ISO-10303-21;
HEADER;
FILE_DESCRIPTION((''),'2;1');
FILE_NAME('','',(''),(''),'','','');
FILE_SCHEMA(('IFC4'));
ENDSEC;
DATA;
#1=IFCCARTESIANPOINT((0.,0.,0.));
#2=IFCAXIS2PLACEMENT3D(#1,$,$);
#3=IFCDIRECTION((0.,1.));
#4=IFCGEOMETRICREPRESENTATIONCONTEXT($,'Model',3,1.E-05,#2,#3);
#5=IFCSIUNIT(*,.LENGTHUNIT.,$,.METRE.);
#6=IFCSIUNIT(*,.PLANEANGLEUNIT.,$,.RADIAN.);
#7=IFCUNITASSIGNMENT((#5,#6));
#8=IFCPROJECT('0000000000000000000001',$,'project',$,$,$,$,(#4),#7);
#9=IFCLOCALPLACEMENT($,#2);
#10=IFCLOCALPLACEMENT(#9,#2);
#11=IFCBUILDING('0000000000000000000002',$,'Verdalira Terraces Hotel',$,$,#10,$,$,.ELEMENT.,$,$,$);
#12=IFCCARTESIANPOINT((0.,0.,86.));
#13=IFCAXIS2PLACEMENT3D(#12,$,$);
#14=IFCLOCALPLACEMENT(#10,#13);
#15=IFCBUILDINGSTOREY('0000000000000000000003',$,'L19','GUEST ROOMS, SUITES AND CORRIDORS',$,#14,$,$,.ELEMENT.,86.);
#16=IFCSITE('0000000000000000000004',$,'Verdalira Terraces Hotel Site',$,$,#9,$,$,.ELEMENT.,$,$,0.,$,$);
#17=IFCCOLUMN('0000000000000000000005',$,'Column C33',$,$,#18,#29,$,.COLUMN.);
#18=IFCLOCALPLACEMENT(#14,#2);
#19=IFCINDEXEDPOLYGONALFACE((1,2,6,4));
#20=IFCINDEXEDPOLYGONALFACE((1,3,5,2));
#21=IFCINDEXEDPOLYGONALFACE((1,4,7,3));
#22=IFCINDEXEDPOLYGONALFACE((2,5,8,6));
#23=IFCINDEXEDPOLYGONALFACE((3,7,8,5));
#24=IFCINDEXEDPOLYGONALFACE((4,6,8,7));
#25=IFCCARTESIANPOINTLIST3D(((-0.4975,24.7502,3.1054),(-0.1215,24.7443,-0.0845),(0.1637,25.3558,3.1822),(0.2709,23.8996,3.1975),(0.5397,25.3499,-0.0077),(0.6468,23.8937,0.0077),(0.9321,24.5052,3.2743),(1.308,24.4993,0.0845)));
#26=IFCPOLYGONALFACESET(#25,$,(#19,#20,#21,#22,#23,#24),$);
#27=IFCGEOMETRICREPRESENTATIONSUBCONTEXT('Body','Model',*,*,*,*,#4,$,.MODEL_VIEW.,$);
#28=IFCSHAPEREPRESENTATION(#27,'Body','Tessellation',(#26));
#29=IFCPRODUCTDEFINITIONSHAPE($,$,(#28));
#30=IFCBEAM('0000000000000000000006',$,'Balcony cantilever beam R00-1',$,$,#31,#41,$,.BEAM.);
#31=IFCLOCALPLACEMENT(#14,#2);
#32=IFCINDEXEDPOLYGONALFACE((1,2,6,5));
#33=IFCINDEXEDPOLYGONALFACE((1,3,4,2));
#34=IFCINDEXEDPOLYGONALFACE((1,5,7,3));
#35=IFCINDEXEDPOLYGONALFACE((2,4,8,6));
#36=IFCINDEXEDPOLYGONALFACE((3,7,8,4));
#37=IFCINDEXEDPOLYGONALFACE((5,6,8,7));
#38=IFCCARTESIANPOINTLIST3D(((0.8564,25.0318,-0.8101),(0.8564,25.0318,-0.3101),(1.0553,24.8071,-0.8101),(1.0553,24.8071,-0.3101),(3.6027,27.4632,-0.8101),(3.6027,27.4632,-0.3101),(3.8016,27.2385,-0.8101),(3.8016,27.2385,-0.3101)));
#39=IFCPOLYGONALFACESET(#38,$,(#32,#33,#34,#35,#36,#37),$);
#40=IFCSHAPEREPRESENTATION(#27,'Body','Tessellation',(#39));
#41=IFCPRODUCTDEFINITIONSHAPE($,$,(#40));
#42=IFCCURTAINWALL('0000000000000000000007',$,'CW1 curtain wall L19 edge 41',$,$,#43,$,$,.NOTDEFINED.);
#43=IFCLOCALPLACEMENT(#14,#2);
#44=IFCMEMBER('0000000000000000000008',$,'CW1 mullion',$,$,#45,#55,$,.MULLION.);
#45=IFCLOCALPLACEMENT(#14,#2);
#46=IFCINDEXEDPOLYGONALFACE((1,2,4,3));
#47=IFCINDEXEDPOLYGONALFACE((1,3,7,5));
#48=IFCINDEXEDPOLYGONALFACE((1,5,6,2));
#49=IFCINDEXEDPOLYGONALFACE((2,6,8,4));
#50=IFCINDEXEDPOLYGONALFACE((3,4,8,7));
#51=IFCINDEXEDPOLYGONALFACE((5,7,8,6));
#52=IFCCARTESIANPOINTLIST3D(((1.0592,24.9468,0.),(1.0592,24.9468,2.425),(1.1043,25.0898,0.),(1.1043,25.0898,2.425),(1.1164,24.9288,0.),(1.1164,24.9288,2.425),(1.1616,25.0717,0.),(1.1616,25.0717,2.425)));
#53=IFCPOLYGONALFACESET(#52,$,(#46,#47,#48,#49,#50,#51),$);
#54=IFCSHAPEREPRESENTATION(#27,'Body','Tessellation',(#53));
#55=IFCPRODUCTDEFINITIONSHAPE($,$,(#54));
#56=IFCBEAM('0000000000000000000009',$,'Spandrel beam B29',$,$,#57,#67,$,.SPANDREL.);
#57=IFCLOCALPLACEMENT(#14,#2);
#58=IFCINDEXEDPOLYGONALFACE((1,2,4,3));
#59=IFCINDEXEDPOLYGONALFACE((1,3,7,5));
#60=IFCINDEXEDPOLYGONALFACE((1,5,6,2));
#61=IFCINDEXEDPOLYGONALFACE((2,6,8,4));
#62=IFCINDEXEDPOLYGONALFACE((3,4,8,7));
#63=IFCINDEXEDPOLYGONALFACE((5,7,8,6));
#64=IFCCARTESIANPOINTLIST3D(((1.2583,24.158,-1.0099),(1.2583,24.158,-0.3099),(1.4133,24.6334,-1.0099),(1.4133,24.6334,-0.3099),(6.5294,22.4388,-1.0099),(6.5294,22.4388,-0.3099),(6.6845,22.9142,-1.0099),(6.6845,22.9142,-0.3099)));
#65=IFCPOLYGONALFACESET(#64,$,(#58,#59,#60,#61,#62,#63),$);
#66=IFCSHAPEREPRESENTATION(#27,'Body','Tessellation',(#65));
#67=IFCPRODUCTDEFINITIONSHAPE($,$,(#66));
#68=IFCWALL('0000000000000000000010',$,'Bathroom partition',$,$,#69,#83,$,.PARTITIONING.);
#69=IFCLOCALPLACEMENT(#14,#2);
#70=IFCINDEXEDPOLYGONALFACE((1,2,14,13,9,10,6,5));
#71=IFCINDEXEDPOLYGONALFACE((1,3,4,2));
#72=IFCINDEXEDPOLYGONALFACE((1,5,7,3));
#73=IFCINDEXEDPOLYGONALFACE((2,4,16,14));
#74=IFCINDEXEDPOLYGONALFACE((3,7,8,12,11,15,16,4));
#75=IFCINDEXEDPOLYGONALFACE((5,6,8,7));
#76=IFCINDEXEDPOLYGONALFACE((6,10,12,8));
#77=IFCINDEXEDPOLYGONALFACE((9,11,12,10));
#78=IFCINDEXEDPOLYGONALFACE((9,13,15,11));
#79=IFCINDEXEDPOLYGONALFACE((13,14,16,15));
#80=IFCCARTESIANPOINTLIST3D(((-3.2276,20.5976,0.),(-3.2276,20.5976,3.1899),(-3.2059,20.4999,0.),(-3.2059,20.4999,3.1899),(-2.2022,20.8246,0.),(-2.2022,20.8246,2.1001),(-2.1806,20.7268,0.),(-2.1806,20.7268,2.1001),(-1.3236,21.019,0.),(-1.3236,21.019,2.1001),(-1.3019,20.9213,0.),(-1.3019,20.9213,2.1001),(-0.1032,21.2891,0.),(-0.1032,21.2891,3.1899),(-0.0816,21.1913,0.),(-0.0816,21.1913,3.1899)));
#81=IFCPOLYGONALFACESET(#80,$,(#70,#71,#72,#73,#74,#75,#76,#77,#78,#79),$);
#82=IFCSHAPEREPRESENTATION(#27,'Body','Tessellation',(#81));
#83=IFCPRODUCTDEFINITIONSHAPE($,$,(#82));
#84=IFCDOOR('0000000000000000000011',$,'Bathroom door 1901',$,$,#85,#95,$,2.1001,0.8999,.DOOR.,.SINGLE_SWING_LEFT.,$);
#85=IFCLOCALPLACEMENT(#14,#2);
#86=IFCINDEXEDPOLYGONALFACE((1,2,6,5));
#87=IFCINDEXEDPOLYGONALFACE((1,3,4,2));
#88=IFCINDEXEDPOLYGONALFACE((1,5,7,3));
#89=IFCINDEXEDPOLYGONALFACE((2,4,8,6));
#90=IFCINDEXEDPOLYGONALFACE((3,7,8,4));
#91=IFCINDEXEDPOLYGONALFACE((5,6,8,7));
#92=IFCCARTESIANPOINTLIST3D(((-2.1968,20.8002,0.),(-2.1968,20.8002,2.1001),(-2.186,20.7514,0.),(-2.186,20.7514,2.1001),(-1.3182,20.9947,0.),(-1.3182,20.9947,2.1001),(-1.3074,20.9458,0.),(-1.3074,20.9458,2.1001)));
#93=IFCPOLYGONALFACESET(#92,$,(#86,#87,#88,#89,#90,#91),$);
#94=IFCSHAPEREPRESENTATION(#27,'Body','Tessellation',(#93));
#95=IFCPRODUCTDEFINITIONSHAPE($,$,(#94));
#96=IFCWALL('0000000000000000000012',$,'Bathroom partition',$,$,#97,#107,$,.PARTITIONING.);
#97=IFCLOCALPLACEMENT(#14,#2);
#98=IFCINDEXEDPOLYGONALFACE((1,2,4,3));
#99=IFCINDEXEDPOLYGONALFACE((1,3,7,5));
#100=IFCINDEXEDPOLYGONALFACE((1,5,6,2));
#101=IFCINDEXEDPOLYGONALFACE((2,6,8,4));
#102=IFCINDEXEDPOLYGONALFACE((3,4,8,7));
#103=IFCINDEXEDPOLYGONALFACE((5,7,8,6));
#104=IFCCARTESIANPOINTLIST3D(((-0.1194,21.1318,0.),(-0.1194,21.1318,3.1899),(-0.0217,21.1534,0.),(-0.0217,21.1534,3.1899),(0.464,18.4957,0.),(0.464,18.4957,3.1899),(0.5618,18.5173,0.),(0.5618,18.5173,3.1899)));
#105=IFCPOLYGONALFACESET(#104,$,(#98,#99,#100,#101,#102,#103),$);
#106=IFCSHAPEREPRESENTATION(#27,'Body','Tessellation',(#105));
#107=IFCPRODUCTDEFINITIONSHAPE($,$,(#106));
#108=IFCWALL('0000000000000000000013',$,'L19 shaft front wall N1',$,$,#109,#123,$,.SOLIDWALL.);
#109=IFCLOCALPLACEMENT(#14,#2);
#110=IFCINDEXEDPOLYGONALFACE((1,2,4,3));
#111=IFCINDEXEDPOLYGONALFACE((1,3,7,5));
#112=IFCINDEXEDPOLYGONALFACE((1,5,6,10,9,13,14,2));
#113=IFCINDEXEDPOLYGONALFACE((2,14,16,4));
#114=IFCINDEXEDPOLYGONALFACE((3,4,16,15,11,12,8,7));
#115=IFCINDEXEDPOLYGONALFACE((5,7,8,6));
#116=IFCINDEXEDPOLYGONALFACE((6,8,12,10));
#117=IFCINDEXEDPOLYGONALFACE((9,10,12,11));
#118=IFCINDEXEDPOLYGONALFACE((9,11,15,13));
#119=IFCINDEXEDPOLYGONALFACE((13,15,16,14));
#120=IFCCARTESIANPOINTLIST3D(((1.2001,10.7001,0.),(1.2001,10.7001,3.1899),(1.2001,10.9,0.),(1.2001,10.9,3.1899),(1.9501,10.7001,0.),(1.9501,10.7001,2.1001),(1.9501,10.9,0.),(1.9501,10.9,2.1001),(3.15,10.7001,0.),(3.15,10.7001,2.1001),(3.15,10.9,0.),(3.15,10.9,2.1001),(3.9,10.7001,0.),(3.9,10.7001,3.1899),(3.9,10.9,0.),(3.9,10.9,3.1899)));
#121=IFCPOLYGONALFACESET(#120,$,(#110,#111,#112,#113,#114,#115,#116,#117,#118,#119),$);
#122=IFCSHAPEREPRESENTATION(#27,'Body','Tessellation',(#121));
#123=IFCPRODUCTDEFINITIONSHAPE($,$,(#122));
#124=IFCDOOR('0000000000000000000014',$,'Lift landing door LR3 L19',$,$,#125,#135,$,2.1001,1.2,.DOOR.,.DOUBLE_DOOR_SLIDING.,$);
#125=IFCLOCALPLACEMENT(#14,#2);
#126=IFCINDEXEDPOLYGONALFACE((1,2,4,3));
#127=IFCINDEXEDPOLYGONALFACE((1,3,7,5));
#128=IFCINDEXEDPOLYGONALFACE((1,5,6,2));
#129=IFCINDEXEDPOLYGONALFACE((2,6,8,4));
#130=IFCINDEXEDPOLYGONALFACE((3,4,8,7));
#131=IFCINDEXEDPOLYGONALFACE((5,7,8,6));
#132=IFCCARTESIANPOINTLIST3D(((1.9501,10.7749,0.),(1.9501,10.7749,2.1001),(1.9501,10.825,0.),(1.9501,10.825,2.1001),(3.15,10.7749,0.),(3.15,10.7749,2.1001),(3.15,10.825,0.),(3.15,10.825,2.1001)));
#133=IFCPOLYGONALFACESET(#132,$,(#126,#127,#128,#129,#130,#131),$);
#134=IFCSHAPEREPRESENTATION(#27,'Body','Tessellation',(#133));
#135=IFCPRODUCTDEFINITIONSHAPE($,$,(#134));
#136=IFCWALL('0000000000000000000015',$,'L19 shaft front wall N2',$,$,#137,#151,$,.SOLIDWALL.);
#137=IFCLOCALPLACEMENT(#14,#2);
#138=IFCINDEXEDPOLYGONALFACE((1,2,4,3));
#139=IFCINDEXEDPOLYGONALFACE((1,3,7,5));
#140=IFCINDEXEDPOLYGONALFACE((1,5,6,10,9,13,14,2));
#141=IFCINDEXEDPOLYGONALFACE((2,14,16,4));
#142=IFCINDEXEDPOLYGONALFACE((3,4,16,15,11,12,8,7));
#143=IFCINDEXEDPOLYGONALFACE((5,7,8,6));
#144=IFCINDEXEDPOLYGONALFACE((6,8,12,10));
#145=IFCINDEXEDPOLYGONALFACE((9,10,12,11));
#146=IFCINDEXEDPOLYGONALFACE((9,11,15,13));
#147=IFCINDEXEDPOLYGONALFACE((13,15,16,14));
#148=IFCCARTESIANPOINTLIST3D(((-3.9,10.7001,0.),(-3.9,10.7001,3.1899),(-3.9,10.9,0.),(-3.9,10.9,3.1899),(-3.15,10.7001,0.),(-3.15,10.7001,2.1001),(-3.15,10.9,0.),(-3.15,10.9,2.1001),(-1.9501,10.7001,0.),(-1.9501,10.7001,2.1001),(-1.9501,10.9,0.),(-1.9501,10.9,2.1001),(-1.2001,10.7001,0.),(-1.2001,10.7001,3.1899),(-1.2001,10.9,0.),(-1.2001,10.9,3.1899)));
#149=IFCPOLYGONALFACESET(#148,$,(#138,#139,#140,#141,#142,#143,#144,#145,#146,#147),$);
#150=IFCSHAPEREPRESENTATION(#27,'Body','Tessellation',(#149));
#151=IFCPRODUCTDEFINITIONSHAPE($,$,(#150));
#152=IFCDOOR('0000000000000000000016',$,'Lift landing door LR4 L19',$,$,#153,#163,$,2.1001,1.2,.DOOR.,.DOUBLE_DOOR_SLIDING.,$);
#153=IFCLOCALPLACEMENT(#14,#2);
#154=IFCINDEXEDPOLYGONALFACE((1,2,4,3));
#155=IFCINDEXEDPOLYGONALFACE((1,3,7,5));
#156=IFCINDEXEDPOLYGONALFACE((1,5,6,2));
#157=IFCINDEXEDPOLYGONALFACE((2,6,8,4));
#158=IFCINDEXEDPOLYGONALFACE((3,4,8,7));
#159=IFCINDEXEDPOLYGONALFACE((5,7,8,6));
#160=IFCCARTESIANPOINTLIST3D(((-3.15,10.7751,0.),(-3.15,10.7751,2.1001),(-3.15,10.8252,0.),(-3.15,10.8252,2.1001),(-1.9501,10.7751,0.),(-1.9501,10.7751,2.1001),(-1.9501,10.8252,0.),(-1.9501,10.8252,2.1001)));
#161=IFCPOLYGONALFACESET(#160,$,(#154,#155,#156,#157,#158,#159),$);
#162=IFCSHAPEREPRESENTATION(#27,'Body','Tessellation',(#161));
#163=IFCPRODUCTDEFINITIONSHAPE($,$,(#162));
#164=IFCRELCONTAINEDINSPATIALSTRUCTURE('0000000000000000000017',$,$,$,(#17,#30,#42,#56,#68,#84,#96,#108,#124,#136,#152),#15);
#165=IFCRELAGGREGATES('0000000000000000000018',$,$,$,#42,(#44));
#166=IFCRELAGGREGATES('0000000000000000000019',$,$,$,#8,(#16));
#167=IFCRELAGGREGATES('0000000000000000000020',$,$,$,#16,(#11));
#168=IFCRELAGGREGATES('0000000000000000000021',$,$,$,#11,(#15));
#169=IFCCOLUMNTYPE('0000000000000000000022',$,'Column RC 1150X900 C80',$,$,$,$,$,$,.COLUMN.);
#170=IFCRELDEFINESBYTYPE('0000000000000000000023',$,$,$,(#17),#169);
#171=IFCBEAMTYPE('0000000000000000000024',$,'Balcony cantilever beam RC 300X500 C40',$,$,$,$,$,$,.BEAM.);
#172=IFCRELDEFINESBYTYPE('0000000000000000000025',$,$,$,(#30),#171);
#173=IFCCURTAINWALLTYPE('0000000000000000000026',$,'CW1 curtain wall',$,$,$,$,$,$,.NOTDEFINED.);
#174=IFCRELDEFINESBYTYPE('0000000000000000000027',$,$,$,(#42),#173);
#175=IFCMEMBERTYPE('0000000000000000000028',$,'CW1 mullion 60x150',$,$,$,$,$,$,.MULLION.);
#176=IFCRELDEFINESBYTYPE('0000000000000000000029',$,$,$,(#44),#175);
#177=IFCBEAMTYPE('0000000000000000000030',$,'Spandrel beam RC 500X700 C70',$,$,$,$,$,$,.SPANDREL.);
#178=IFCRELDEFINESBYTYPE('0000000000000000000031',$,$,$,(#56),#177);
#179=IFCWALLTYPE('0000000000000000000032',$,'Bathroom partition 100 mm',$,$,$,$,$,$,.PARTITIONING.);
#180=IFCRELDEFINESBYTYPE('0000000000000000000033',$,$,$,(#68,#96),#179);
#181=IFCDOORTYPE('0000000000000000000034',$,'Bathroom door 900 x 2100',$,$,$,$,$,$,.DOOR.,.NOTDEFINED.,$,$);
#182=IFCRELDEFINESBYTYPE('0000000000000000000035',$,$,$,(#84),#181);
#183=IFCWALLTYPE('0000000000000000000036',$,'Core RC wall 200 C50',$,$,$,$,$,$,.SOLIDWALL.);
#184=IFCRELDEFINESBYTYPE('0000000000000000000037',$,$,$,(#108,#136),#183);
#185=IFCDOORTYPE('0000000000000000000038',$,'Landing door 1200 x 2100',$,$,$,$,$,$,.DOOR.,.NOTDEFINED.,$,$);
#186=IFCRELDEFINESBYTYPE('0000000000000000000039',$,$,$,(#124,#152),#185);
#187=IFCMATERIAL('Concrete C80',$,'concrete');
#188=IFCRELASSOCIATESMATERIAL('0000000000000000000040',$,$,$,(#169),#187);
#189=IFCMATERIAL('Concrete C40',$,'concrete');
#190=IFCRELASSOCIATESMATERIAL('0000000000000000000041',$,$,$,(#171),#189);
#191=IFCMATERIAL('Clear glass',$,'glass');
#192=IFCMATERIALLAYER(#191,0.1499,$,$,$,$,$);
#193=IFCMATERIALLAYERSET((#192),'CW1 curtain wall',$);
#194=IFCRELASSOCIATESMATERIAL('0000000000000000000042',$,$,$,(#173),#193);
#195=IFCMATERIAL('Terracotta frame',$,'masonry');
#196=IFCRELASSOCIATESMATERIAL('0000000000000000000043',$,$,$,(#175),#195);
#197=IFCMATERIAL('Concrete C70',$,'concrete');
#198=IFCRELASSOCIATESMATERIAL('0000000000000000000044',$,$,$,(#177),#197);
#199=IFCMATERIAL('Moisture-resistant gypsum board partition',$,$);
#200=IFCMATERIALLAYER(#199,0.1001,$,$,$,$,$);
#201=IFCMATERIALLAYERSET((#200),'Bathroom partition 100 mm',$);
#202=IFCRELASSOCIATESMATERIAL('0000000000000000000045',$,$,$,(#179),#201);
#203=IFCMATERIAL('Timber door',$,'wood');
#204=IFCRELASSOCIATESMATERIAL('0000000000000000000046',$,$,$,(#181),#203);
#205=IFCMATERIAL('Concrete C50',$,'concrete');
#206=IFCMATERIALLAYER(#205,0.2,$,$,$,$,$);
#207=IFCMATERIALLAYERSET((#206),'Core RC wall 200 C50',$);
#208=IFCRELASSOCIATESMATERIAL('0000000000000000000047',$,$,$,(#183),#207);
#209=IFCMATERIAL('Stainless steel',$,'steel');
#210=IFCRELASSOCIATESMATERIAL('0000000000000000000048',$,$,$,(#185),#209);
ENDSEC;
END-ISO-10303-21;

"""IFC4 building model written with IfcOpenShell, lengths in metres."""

from ifc_helpers import new_model, si_unit, direction, frame, frame_2d, origin, origin_2d, place, context, subcontext, project, spatial, rectangle, extrude, material, layer, layer_set, material_profile, profile_set, type_object, element, fill, aggregate, save


model = new_model("IFC4")

# Units and contexts
model_context = context("Model", 3, precision=1e-05, world=origin(), true_north=direction((0.0, 1.0)))
body_context = subcontext(model_context, "Body", "Model", "MODEL_VIEW")
ifc_project = project(units=[si_unit("LENGTHUNIT", "METRE"), si_unit("PLANEANGLEUNIT", "RADIAN")], contexts=[model_context])

# Site, building, storey
site_placement = place(None, origin())
site = spatial("IfcSite", under=ifc_project, at=site_placement, Name="Verdalira Terraces Hotel Site", CompositionType="ELEMENT", RefElevation=0.0)
building_placement = place(site_placement, origin())
building = spatial("IfcBuilding", under=site, at=building_placement, Name="Verdalira Terraces Hotel", CompositionType="ELEMENT")
storey_placement = place(building_placement, frame((0.0, 0.0, 86.0)))
storey = spatial("IfcBuildingStorey", under=building, at=storey_placement, Name="L19", Description="GUEST ROOMS, SUITES AND CORRIDORS", CompositionType="ELEMENT", Elevation=86.0)

# Column
ifc_material_1 = material(Name="Concrete C80", Category="concrete")
ifc_material_profile_1 = material_profile(ifc_material_1, rectangle(XDim=1.1499, YDim=0.8999, at=origin_2d()), Name="RC 1150X900")
ifc_profile_set_1 = profile_set([ifc_material_profile_1], Name="Concrete C80")
column_type = type_object("IfcColumnType", Name="Column RC 1150X900 C80", PredefinedType="COLUMN", material=ifc_profile_set_1)
column_placement = place(storey_placement, frame((0.5933, 24.6218, 0.0), z_axis=(-0.117053, 0.001824, 0.993124), x_axis=(0.668179, -0.739675, 0.080112)))
element("IfcColumn", 1, at=column_placement, inside=storey, type_object=column_type, Name="Column C33", PredefinedType="COLUMN", context=body_context, shape_type="SweptSolid", body=[
    extrude(rectangle(XDim=1.1499, YDim=0.8999, at=origin_2d()), origin(), (0.0, 0.0, 1.0), 3.2119),
])

# Beam
ifc_material_2 = material(Name="Concrete C40", Category="concrete")
ifc_material_profile_2 = material_profile(ifc_material_2, rectangle(XDim=0.3, YDim=0.5, at=origin_2d()), Name="RC 300X500")
ifc_profile_set_2 = profile_set([ifc_material_profile_2], Name="Concrete C40")
beam_type_1 = type_object("IfcBeamType", Name="Balcony cantilever beam RC 300X500 C40", PredefinedType="BEAM", material=ifc_profile_set_2)
beam_1_placement = place(storey_placement, frame((0.9558, 24.9194, -0.5601), z_axis=(0.748734, 0.662871, 0.0), x_axis=(-0.662871, 0.748734, 0.0)))
element("IfcBeam", 2, at=beam_1_placement, inside=storey, type_object=beam_type_1, Name="Balcony cantilever beam R00-1", PredefinedType="BEAM", context=body_context, shape_type="SweptSolid", body=[
    extrude(rectangle(XDim=0.3, YDim=0.5, at=origin_2d()), origin(), (0.0, 0.0, 1.0), 3.668),
])

# Curtain wall, member
ifc_material_3 = material(Name="Clear glass", Category="glass")
ifc_layer_1 = layer(ifc_material_3, 0.1499)
ifc_layer_set_1 = layer_set([ifc_layer_1], Name="CW1 curtain wall")
curtain_wall_type = type_object("IfcCurtainWallType", Name="CW1 curtain wall", PredefinedType="NOTDEFINED", material=ifc_layer_set_1)
curtain_wall_placement = place(storey_placement, origin())
curtain_wall = element("IfcCurtainWall", 3, at=curtain_wall_placement, inside=storey, type_object=curtain_wall_type, Name="CW1 curtain wall L19 edge 41", PredefinedType="NOTDEFINED")
ifc_material_4 = material(Name="Terracotta frame", Category="masonry")
ifc_material_profile_3 = material_profile(ifc_material_4, rectangle(XDim=0.0601, YDim=0.1499, at=origin_2d()), Name="MU 60x150")
ifc_profile_set_3 = profile_set([ifc_material_profile_3], Name="Terracotta frame")
member_type = type_object("IfcMemberType", Name="CW1 mullion 60x150", PredefinedType="MULLION", material=ifc_profile_set_3)
member_placement = place(storey_placement, frame((1.1104, 25.0093, 0.0), z_axis=(0.0, 0.0, 1.0), x_axis=(-0.953612, 0.301039, 0.0)))
member = element("IfcMember", 4, at=member_placement, type_object=member_type, Name="CW1 mullion", PredefinedType="MULLION", context=body_context, shape_type="SweptSolid", body=[
    extrude(rectangle(XDim=0.0601, YDim=0.1499, at=origin_2d()), origin(), (0.0, 0.0, 1.0), 2.425),
])
aggregate(curtain_wall, [member])

# Beam
ifc_material_5 = material(Name="Concrete C70", Category="concrete")
ifc_material_profile_4 = material_profile(ifc_material_5, rectangle(XDim=0.5, YDim=0.7, at=origin_2d()), Name="RC 500X700")
ifc_profile_set_4 = profile_set([ifc_material_profile_4], Name="Concrete C70")
beam_type_2 = type_object("IfcBeamType", Name="Spandrel beam RC 500X700 C70", PredefinedType="SPANDREL", material=ifc_profile_set_4)
beam_2_placement = place(storey_placement, frame((6.6069, 22.6765, -0.6599), z_axis=(-0.950711, 0.310079, 0.0), x_axis=(-0.310079, -0.950711, 0.0)))
element("IfcBeam", 5, at=beam_2_placement, inside=storey, type_object=beam_type_2, Name="Spandrel beam B29", PredefinedType="SPANDREL", context=body_context, shape_type="SweptSolid", body=[
    extrude(rectangle(XDim=0.5, YDim=0.7, at=origin_2d()), origin(), (0.0, 0.0, 1.0), 5.5444),
])

# Wall, opening, door
ifc_material_6 = material(Name="Moisture-resistant gypsum board partition")
ifc_layer_2 = layer(ifc_material_6, 0.1001)
ifc_layer_set_2 = layer_set([ifc_layer_2], Name="Bathroom partition 100 mm")
wall_type_1 = type_object("IfcWallType", Name="Bathroom partition 100 mm", PredefinedType="PARTITIONING", material=ifc_layer_set_2)
wall_1_placement = place(storey_placement, frame((-0.0923, 21.2402, 0.0), z_axis=(0.0, 0.0, 1.0), x_axis=(-0.976377, -0.216074, 0.0)))
wall_1 = element("IfcWall", 6, at=wall_1_placement, inside=storey, type_object=wall_type_1, Name="Bathroom partition", PredefinedType="PARTITIONING", context=body_context, shape_type="SweptSolid", body=[
    extrude(rectangle(XDim=3.2, YDim=0.1001, at=frame_2d((1.6001, 0.0))), origin(), (0.0, 0.0, 1.0), 3.1899),
])
opening_1_placement = place(wall_1_placement, frame((1.25, 0.0, 0.0)))
opening_1 = element("IfcOpeningElement", 7, at=opening_1_placement, cuts=wall_1, PredefinedType="OPENING", context=body_context, shape_type="SweptSolid", body=[
    extrude(rectangle(XDim=0.8999, YDim=2.1001, at=frame_2d((0.45, 1.05))), frame((0.0, 0.0601, 0.0), z_axis=(0.0, -1.0, 0.0), x_axis=(1.0, 0.0, 0.0)), (0.0, 0.0, 1.0), 0.1201),
])
ifc_material_7 = material(Name="Timber door", Category="wood")
door_type_1 = type_object("IfcDoorType", Name="Bathroom door 900 x 2100", OperationType="NOTDEFINED", PredefinedType="DOOR", material=ifc_material_7)
door_1_placement = place(opening_1_placement, origin())
door_1 = element("IfcDoor", 8, at=door_1_placement, inside=storey, type_object=door_type_1, Name="Bathroom door 1901", OperationType="SINGLE_SWING_LEFT", OverallHeight=2.1001, OverallWidth=0.8999, PredefinedType="DOOR", context=body_context, shape_type="SweptSolid", body=[
    extrude(rectangle(XDim=0.8999, YDim=2.1001, at=frame_2d((0.45, 1.05))), frame((0.0, 0.0249, 0.0), z_axis=(0.0, -1.0, 0.0), x_axis=(1.0, 0.0, 0.0)), (0.0, 0.0, 1.0), 0.05),
])
fill(opening_1, door_1)

# Wall
wall_2_placement = place(storey_placement, frame((0.5129, 18.5063, 0.0), z_axis=(0.0, 0.0, 1.0), x_axis=(-0.216107, 0.97637, 0.0)))
element("IfcWall", 9, at=wall_2_placement, inside=storey, type_object=wall_type_1, Name="Bathroom partition", PredefinedType="PARTITIONING", context=body_context, shape_type="SweptSolid", body=[
    extrude(rectangle(XDim=2.7, YDim=0.1001, at=frame_2d((1.3501, 0.0))), origin(), (0.0, 0.0, 1.0), 3.1899),
])

# Walls, openings, doors
ifc_material_8 = material(Name="Concrete C50", Category="concrete")
ifc_layer_3 = layer(ifc_material_8, 0.2)
ifc_layer_set_3 = layer_set([ifc_layer_3], Name="Core RC wall 200 C50")
wall_type_2 = type_object("IfcWallType", Name="Core RC wall 200 C50", PredefinedType="SOLIDWALL", material=ifc_layer_set_3)
wall_3_placement = place(storey_placement, frame((1.2, 10.8, 0.0), z_axis=(0.0, 0.0, 1.0), x_axis=(1.0, 0.0, 0.0)))
wall_3 = element("IfcWall", 10, at=wall_3_placement, inside=storey, type_object=wall_type_2, Name="L19 shaft front wall N1", PredefinedType="SOLIDWALL", context=body_context, shape_type="SweptSolid", body=[
    extrude(rectangle(XDim=2.7, YDim=0.2, at=frame_2d((1.3501, 0.0))), origin(), (0.0, 0.0, 1.0), 3.1899),
])
opening_2_placement = place(wall_3_placement, frame((0.75, 0.0, 0.0)))
opening_2 = element("IfcOpeningElement", 11, at=opening_2_placement, cuts=wall_3, PredefinedType="OPENING", context=body_context, shape_type="SweptSolid", body=[
    extrude(rectangle(XDim=1.2, YDim=2.1001, at=frame_2d((0.6001, 1.05))), frame((0.0, 0.1099, 0.0), z_axis=(0.0, -1.0, 0.0), x_axis=(1.0, 0.0, 0.0)), (0.0, 0.0, 1.0), 0.22),
])
ifc_material_9 = material(Name="Stainless steel", Category="steel")
door_type_2 = type_object("IfcDoorType", Name="Landing door 1200 x 2100", OperationType="NOTDEFINED", PredefinedType="DOOR", material=ifc_material_9)
door_2_placement = place(opening_2_placement, origin())
door_2 = element("IfcDoor", 12, at=door_2_placement, inside=storey, type_object=door_type_2, Name="Lift landing door LR3 L19", OperationType="DOUBLE_DOOR_SLIDING", OverallHeight=2.1001, OverallWidth=1.2, PredefinedType="DOOR", context=body_context, shape_type="SweptSolid", body=[
    extrude(rectangle(XDim=1.2, YDim=2.1001, at=frame_2d((0.6001, 1.05))), frame((0.0, 0.0249, 0.0), z_axis=(0.0, -1.0, 0.0), x_axis=(1.0, 0.0, 0.0)), (0.0, 0.0, 1.0), 0.05),
])
fill(opening_2, door_2)
wall_4_placement = place(storey_placement, frame((-1.2, 10.8, 0.0), z_axis=(0.0, 0.0, 1.0), x_axis=(-1.0, 0.0, 0.0)))
wall_4 = element("IfcWall", 13, at=wall_4_placement, inside=storey, type_object=wall_type_2, Name="L19 shaft front wall N2", PredefinedType="SOLIDWALL", context=body_context, shape_type="SweptSolid", body=[
    extrude(rectangle(XDim=2.7, YDim=0.2, at=frame_2d((1.3501, 0.0))), origin(), (0.0, 0.0, 1.0), 3.1899),
])
opening_3_placement = place(wall_4_placement, frame((0.75, 0.0, 0.0)))
opening_3 = element("IfcOpeningElement", 14, at=opening_3_placement, cuts=wall_4, PredefinedType="OPENING", context=body_context, shape_type="SweptSolid", body=[
    extrude(rectangle(XDim=1.2, YDim=2.1001, at=frame_2d((0.6001, 1.05))), frame((0.0, 0.1099, 0.0), z_axis=(0.0, -1.0, 0.0), x_axis=(1.0, 0.0, 0.0)), (0.0, 0.0, 1.0), 0.22),
])
door_3_placement = place(opening_3_placement, origin())
door_3 = element("IfcDoor", 15, at=door_3_placement, inside=storey, type_object=door_type_2, Name="Lift landing door LR4 L19", OperationType="DOUBLE_DOOR_SLIDING", OverallHeight=2.1001, OverallWidth=1.2, PredefinedType="DOOR", context=body_context, shape_type="SweptSolid", body=[
    extrude(rectangle(XDim=1.2, YDim=2.1001, at=frame_2d((0.6001, 1.05))), frame((0.0, 0.0249, 0.0), z_axis=(0.0, -1.0, 0.0), x_axis=(1.0, 0.0, 0.0)), (0.0, 0.0, 1.0), 0.05),
])
fill(opening_3, door_3)

save(model, "model.ifc")
